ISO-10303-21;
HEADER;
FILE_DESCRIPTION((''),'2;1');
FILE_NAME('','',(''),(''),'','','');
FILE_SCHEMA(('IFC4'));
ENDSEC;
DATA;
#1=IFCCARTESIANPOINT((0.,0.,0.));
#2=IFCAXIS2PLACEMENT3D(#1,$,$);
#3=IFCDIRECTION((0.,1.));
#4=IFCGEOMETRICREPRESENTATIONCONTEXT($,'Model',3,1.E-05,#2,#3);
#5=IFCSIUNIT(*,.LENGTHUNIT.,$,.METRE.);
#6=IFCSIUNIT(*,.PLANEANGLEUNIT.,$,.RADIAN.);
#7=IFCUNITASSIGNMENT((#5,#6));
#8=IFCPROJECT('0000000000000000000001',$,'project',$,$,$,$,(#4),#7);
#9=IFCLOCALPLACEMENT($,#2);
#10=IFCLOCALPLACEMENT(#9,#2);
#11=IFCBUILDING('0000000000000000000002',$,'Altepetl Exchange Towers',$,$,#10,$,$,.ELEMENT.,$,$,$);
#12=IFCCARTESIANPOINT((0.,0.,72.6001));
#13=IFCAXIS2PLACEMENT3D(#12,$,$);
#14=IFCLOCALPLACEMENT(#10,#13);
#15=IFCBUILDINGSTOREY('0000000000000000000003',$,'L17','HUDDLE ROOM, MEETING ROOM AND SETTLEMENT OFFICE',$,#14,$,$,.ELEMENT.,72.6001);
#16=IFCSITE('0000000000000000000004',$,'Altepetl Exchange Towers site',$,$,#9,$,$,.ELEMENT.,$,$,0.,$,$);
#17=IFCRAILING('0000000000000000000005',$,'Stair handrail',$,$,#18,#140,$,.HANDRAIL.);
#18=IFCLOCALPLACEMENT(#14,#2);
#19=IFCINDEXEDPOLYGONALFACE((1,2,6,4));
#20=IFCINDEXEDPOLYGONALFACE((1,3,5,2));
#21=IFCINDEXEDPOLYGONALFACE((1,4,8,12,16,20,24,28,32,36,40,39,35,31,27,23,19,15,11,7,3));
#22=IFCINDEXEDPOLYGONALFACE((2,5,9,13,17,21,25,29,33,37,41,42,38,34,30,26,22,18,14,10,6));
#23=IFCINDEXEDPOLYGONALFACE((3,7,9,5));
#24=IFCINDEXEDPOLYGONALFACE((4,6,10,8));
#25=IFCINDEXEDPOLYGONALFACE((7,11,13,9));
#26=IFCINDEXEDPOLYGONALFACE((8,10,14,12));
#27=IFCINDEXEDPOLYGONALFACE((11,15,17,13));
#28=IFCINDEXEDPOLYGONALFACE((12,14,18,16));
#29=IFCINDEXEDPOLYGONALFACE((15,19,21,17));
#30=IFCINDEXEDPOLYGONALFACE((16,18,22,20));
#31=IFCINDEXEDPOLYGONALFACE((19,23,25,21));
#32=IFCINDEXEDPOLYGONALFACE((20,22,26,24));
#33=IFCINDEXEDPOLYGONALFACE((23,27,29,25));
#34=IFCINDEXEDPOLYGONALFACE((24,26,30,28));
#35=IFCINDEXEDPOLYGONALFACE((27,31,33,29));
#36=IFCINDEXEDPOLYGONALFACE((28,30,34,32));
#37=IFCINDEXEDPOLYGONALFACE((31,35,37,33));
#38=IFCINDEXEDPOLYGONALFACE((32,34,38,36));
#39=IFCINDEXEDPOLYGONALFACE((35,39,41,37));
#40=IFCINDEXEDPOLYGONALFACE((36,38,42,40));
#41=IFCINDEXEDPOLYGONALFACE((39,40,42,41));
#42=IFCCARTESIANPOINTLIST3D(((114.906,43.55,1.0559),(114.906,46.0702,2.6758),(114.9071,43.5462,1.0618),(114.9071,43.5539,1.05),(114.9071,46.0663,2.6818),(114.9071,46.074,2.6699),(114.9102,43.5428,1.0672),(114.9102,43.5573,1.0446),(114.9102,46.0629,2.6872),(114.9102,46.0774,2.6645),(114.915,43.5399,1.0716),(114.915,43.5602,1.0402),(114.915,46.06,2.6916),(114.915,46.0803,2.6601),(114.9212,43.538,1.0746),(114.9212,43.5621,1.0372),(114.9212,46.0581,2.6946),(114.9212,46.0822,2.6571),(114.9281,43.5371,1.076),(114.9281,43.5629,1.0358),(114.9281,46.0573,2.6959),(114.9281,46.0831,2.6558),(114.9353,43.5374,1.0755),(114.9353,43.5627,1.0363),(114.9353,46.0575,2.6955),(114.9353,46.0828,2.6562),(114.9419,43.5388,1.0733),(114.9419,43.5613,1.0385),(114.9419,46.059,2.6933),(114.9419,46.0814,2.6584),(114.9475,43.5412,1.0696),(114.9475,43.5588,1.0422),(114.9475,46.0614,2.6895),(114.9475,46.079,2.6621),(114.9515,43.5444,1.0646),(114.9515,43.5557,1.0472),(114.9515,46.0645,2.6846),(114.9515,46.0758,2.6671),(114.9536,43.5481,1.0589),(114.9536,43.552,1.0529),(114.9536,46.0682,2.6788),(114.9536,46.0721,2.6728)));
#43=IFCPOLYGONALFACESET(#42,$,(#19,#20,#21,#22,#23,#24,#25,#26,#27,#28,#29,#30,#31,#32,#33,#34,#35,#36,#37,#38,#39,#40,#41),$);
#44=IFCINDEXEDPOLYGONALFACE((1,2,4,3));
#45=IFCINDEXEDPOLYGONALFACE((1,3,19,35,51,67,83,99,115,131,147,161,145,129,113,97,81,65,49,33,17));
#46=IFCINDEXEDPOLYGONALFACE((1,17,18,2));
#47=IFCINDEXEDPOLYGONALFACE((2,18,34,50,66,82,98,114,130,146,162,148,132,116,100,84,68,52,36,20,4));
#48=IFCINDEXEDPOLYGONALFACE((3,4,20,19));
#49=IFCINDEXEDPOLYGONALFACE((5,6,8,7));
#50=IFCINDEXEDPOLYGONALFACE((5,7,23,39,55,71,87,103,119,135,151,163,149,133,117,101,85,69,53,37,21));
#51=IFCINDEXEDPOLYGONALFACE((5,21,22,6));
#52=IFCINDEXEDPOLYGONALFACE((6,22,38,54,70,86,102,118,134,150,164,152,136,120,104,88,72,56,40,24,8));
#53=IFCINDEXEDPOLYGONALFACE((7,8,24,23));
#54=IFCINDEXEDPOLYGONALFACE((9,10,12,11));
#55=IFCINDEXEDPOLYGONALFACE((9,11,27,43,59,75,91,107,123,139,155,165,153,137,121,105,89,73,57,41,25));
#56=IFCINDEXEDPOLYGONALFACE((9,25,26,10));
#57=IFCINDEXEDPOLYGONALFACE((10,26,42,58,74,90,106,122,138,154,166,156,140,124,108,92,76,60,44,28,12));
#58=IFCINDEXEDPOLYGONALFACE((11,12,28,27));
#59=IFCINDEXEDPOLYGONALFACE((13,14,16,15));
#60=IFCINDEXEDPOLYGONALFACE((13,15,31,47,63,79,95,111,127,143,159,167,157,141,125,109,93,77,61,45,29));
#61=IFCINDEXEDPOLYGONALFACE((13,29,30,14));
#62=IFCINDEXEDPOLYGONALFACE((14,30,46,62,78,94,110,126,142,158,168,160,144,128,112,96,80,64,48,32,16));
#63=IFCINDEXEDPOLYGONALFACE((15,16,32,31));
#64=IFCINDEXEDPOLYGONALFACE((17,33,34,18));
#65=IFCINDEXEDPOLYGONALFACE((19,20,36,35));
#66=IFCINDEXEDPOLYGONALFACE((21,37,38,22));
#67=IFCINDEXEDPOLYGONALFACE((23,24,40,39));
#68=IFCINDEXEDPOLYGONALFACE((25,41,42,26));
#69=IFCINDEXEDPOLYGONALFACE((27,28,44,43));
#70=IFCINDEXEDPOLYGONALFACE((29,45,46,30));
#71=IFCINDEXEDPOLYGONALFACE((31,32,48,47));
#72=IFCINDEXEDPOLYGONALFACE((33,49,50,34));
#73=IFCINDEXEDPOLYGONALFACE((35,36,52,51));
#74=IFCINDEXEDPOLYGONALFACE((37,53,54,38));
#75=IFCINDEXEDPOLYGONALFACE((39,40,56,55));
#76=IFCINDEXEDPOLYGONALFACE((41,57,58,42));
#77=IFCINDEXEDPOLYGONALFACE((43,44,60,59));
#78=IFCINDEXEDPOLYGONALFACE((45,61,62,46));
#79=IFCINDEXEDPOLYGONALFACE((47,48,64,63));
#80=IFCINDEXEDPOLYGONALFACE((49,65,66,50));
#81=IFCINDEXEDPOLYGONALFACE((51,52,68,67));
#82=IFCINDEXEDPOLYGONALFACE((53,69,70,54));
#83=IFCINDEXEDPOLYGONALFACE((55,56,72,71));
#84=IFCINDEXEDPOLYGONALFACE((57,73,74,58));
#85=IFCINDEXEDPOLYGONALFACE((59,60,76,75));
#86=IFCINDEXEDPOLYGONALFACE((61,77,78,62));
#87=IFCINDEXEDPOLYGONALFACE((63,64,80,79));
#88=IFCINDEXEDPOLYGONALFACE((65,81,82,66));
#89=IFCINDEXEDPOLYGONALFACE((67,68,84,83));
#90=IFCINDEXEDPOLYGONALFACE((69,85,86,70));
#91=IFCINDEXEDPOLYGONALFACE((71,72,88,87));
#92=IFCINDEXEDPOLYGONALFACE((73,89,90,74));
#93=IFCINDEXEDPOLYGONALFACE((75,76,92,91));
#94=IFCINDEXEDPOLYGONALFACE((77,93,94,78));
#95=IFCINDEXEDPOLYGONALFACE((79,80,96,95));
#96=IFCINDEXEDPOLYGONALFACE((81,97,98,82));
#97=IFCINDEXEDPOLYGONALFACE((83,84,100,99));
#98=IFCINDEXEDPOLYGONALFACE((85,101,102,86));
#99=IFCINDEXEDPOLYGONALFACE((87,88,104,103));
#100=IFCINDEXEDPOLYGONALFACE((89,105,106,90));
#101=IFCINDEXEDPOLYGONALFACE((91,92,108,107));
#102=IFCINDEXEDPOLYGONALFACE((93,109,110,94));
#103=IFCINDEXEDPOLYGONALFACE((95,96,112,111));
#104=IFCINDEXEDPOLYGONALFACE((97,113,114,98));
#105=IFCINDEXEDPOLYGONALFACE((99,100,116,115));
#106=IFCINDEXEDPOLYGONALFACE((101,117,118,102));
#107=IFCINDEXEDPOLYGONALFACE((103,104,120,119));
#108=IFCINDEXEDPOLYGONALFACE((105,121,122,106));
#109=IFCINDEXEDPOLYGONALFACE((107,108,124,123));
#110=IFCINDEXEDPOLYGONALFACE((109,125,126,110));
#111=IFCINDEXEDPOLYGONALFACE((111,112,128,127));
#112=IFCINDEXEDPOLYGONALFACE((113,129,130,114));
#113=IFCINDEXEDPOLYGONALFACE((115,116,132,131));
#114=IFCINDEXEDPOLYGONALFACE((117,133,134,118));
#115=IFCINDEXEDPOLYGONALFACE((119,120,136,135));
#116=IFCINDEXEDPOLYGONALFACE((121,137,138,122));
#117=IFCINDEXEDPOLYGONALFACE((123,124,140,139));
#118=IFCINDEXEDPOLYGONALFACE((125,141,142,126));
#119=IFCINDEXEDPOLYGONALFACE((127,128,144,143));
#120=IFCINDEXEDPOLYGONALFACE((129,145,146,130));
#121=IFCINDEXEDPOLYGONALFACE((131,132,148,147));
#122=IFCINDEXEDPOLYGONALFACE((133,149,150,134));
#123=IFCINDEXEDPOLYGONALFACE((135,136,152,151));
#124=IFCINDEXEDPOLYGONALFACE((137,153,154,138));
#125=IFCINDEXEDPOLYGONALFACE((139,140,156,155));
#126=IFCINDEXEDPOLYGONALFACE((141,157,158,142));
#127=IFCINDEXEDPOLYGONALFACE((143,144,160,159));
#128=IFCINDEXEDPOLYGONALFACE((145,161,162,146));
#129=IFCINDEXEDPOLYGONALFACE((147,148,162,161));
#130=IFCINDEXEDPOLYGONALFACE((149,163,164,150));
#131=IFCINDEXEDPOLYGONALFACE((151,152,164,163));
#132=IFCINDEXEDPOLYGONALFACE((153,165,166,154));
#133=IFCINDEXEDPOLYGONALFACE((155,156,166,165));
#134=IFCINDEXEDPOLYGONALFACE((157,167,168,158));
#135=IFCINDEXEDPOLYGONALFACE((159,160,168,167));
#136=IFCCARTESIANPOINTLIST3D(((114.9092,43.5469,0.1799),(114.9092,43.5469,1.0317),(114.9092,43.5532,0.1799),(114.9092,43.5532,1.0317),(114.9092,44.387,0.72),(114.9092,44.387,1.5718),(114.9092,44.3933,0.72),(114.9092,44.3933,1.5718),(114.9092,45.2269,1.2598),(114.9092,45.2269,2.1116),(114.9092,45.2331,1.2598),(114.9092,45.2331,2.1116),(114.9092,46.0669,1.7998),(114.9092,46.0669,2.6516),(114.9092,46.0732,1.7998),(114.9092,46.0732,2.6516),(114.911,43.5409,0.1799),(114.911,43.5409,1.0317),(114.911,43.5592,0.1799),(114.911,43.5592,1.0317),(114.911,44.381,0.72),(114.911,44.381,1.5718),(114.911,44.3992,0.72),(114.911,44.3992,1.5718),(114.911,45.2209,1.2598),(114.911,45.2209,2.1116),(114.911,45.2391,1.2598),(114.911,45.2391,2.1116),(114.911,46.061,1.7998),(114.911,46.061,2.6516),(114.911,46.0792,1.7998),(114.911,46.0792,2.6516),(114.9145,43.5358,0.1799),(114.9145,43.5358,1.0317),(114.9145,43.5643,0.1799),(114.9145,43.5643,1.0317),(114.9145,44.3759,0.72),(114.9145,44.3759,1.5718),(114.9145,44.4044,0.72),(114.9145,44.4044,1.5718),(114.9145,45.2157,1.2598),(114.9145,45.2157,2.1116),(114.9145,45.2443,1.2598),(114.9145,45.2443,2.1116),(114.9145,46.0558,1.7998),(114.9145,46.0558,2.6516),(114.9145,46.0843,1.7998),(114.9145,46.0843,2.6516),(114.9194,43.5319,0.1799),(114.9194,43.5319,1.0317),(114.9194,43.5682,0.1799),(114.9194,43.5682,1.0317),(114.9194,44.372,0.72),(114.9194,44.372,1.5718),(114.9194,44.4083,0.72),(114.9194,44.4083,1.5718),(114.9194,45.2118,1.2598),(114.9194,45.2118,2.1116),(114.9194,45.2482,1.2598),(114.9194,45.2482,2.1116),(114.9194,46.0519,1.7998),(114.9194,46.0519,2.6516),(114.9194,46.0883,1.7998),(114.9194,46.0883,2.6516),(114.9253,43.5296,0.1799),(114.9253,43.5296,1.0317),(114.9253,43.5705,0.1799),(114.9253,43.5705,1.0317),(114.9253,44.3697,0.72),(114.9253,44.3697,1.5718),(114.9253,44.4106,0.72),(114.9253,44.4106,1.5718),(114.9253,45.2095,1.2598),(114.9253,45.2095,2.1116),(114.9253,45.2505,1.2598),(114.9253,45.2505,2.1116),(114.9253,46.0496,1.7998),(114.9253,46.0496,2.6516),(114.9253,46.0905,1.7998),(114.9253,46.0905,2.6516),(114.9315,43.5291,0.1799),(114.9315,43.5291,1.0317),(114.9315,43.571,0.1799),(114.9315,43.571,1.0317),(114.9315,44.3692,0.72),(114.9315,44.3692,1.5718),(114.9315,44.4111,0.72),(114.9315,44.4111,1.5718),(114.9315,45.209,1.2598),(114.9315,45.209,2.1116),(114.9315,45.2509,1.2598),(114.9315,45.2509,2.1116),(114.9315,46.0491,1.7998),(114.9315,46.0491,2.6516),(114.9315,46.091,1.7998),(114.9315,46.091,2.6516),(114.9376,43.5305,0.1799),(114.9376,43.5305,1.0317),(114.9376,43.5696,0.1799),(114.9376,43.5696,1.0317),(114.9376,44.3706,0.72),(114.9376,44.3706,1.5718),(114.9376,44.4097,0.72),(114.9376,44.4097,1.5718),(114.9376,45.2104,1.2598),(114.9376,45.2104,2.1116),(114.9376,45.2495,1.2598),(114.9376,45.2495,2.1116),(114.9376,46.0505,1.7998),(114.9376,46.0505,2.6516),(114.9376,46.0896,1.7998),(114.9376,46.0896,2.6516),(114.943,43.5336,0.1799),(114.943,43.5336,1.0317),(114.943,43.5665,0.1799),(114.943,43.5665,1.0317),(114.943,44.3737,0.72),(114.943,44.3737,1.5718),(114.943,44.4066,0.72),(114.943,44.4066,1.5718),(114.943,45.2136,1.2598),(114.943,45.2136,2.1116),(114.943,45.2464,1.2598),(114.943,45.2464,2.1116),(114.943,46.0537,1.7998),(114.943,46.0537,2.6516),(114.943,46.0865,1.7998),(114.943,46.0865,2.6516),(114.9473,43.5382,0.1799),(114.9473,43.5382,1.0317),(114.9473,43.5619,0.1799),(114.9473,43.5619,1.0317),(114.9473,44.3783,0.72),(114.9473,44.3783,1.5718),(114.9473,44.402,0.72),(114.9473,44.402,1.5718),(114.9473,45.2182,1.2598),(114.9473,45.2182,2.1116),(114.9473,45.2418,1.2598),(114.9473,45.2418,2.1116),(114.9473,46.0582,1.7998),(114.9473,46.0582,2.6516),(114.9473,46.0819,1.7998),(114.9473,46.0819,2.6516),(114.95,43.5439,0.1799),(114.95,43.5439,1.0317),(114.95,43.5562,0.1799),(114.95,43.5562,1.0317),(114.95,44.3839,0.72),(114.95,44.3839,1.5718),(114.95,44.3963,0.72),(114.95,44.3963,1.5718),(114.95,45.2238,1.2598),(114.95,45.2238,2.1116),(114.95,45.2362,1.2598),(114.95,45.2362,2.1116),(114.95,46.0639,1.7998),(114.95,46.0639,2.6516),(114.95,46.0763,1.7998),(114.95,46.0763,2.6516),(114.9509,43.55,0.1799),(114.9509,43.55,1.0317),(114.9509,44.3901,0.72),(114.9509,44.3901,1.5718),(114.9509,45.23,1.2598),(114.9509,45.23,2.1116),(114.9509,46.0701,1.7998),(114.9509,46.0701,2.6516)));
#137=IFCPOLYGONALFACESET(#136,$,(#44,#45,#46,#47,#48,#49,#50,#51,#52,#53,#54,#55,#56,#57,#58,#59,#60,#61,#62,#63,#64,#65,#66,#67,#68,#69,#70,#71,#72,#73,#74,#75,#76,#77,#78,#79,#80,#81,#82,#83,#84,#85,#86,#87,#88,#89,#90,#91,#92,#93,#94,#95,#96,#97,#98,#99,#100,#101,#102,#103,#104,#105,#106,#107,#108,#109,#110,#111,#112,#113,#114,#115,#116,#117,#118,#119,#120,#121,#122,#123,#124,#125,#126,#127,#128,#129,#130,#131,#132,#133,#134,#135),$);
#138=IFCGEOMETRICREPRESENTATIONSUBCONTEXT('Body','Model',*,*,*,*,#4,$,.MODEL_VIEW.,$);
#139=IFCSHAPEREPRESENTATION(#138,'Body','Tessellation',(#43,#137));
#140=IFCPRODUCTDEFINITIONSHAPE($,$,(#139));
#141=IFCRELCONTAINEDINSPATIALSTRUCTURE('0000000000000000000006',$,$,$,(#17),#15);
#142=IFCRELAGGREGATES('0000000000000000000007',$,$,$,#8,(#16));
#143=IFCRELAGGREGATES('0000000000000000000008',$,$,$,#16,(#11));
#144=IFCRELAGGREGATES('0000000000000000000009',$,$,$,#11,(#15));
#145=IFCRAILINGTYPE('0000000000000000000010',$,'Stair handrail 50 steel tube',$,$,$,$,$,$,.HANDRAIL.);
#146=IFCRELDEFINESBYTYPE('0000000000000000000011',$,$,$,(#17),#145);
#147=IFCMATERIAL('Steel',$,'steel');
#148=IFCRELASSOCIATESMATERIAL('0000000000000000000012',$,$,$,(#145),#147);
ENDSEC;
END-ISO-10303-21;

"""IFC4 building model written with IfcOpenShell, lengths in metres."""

from ifc_helpers import new_model, si_unit, direction, frame, origin, origin_2d, place, context, subcontext, project, spatial, circle, extrude, source, transform, mapped, material, type_object, element, save


model = new_model("IFC4")

# Units and contexts
model_context = context("Model", 3, precision=1e-05, world=origin(), true_north=direction((0.0, 1.0)))
body_context = subcontext(model_context, "Body", "Model", "MODEL_VIEW")
ifc_project = project(units=[si_unit("LENGTHUNIT", "METRE"), si_unit("PLANEANGLEUNIT", "RADIAN")], contexts=[model_context])

# Site, building, storey
site_placement = place(None, origin())
site = spatial("IfcSite", under=ifc_project, at=site_placement, Name="Altepetl Exchange Towers site", CompositionType="ELEMENT", RefElevation=0.0)
building_placement = place(site_placement, origin())
building = spatial("IfcBuilding", under=site, at=building_placement, Name="Altepetl Exchange Towers", CompositionType="ELEMENT")
storey_placement = place(building_placement, frame((0.0, 0.0, 72.6001)))
storey = spatial("IfcBuildingStorey", under=building, at=storey_placement, Name="L17", Description="HUDDLE ROOM, MEETING ROOM AND SETTLEMENT OFFICE", CompositionType="ELEMENT", Elevation=72.6001)

# Railing
ifc_material_1 = material(Name="Steel", Category="steel")
railing_type = type_object("IfcRailingType", Name="Stair handrail 50 steel tube", PredefinedType="HANDRAIL", material=ifc_material_1)
shared_shape = source(origin(), body_context, "Body", "SweptSolid", [
    extrude(circle(Radius=0.021, at=origin_2d()), origin(), (0.0, 0.0, 1.0), 0.8518),
])
railing_1_placement = place(storey_placement, frame((114.9299, 43.55, 0.1799)))
element("IfcRailing", 1, at=railing_1_placement, inside=storey, type_object=railing_type, Name="Stair handrail", PredefinedType="HANDRAIL", context=body_context, shape_type="SweptSolid", body=[
    extrude(circle(Radius=0.0239, at=origin_2d()), frame((0.0, 0.0, 0.876), z_axis=(0.0, 0.8412, 0.540725), x_axis=(-1.0, 0.0, 0.0)), (0.0, 0.0, 1.0), 2.9958),
    mapped(shared_shape, transform((0.0, 0.0, 0.0))),
    mapped(shared_shape, transform((0.0, 0.8401, 0.54))),
    mapped(shared_shape, transform((0.0, 1.6799, 1.0798))),
    mapped(shared_shape, transform((0.0, 2.52, 1.6199))),
])

save(model, "model.ifc")
